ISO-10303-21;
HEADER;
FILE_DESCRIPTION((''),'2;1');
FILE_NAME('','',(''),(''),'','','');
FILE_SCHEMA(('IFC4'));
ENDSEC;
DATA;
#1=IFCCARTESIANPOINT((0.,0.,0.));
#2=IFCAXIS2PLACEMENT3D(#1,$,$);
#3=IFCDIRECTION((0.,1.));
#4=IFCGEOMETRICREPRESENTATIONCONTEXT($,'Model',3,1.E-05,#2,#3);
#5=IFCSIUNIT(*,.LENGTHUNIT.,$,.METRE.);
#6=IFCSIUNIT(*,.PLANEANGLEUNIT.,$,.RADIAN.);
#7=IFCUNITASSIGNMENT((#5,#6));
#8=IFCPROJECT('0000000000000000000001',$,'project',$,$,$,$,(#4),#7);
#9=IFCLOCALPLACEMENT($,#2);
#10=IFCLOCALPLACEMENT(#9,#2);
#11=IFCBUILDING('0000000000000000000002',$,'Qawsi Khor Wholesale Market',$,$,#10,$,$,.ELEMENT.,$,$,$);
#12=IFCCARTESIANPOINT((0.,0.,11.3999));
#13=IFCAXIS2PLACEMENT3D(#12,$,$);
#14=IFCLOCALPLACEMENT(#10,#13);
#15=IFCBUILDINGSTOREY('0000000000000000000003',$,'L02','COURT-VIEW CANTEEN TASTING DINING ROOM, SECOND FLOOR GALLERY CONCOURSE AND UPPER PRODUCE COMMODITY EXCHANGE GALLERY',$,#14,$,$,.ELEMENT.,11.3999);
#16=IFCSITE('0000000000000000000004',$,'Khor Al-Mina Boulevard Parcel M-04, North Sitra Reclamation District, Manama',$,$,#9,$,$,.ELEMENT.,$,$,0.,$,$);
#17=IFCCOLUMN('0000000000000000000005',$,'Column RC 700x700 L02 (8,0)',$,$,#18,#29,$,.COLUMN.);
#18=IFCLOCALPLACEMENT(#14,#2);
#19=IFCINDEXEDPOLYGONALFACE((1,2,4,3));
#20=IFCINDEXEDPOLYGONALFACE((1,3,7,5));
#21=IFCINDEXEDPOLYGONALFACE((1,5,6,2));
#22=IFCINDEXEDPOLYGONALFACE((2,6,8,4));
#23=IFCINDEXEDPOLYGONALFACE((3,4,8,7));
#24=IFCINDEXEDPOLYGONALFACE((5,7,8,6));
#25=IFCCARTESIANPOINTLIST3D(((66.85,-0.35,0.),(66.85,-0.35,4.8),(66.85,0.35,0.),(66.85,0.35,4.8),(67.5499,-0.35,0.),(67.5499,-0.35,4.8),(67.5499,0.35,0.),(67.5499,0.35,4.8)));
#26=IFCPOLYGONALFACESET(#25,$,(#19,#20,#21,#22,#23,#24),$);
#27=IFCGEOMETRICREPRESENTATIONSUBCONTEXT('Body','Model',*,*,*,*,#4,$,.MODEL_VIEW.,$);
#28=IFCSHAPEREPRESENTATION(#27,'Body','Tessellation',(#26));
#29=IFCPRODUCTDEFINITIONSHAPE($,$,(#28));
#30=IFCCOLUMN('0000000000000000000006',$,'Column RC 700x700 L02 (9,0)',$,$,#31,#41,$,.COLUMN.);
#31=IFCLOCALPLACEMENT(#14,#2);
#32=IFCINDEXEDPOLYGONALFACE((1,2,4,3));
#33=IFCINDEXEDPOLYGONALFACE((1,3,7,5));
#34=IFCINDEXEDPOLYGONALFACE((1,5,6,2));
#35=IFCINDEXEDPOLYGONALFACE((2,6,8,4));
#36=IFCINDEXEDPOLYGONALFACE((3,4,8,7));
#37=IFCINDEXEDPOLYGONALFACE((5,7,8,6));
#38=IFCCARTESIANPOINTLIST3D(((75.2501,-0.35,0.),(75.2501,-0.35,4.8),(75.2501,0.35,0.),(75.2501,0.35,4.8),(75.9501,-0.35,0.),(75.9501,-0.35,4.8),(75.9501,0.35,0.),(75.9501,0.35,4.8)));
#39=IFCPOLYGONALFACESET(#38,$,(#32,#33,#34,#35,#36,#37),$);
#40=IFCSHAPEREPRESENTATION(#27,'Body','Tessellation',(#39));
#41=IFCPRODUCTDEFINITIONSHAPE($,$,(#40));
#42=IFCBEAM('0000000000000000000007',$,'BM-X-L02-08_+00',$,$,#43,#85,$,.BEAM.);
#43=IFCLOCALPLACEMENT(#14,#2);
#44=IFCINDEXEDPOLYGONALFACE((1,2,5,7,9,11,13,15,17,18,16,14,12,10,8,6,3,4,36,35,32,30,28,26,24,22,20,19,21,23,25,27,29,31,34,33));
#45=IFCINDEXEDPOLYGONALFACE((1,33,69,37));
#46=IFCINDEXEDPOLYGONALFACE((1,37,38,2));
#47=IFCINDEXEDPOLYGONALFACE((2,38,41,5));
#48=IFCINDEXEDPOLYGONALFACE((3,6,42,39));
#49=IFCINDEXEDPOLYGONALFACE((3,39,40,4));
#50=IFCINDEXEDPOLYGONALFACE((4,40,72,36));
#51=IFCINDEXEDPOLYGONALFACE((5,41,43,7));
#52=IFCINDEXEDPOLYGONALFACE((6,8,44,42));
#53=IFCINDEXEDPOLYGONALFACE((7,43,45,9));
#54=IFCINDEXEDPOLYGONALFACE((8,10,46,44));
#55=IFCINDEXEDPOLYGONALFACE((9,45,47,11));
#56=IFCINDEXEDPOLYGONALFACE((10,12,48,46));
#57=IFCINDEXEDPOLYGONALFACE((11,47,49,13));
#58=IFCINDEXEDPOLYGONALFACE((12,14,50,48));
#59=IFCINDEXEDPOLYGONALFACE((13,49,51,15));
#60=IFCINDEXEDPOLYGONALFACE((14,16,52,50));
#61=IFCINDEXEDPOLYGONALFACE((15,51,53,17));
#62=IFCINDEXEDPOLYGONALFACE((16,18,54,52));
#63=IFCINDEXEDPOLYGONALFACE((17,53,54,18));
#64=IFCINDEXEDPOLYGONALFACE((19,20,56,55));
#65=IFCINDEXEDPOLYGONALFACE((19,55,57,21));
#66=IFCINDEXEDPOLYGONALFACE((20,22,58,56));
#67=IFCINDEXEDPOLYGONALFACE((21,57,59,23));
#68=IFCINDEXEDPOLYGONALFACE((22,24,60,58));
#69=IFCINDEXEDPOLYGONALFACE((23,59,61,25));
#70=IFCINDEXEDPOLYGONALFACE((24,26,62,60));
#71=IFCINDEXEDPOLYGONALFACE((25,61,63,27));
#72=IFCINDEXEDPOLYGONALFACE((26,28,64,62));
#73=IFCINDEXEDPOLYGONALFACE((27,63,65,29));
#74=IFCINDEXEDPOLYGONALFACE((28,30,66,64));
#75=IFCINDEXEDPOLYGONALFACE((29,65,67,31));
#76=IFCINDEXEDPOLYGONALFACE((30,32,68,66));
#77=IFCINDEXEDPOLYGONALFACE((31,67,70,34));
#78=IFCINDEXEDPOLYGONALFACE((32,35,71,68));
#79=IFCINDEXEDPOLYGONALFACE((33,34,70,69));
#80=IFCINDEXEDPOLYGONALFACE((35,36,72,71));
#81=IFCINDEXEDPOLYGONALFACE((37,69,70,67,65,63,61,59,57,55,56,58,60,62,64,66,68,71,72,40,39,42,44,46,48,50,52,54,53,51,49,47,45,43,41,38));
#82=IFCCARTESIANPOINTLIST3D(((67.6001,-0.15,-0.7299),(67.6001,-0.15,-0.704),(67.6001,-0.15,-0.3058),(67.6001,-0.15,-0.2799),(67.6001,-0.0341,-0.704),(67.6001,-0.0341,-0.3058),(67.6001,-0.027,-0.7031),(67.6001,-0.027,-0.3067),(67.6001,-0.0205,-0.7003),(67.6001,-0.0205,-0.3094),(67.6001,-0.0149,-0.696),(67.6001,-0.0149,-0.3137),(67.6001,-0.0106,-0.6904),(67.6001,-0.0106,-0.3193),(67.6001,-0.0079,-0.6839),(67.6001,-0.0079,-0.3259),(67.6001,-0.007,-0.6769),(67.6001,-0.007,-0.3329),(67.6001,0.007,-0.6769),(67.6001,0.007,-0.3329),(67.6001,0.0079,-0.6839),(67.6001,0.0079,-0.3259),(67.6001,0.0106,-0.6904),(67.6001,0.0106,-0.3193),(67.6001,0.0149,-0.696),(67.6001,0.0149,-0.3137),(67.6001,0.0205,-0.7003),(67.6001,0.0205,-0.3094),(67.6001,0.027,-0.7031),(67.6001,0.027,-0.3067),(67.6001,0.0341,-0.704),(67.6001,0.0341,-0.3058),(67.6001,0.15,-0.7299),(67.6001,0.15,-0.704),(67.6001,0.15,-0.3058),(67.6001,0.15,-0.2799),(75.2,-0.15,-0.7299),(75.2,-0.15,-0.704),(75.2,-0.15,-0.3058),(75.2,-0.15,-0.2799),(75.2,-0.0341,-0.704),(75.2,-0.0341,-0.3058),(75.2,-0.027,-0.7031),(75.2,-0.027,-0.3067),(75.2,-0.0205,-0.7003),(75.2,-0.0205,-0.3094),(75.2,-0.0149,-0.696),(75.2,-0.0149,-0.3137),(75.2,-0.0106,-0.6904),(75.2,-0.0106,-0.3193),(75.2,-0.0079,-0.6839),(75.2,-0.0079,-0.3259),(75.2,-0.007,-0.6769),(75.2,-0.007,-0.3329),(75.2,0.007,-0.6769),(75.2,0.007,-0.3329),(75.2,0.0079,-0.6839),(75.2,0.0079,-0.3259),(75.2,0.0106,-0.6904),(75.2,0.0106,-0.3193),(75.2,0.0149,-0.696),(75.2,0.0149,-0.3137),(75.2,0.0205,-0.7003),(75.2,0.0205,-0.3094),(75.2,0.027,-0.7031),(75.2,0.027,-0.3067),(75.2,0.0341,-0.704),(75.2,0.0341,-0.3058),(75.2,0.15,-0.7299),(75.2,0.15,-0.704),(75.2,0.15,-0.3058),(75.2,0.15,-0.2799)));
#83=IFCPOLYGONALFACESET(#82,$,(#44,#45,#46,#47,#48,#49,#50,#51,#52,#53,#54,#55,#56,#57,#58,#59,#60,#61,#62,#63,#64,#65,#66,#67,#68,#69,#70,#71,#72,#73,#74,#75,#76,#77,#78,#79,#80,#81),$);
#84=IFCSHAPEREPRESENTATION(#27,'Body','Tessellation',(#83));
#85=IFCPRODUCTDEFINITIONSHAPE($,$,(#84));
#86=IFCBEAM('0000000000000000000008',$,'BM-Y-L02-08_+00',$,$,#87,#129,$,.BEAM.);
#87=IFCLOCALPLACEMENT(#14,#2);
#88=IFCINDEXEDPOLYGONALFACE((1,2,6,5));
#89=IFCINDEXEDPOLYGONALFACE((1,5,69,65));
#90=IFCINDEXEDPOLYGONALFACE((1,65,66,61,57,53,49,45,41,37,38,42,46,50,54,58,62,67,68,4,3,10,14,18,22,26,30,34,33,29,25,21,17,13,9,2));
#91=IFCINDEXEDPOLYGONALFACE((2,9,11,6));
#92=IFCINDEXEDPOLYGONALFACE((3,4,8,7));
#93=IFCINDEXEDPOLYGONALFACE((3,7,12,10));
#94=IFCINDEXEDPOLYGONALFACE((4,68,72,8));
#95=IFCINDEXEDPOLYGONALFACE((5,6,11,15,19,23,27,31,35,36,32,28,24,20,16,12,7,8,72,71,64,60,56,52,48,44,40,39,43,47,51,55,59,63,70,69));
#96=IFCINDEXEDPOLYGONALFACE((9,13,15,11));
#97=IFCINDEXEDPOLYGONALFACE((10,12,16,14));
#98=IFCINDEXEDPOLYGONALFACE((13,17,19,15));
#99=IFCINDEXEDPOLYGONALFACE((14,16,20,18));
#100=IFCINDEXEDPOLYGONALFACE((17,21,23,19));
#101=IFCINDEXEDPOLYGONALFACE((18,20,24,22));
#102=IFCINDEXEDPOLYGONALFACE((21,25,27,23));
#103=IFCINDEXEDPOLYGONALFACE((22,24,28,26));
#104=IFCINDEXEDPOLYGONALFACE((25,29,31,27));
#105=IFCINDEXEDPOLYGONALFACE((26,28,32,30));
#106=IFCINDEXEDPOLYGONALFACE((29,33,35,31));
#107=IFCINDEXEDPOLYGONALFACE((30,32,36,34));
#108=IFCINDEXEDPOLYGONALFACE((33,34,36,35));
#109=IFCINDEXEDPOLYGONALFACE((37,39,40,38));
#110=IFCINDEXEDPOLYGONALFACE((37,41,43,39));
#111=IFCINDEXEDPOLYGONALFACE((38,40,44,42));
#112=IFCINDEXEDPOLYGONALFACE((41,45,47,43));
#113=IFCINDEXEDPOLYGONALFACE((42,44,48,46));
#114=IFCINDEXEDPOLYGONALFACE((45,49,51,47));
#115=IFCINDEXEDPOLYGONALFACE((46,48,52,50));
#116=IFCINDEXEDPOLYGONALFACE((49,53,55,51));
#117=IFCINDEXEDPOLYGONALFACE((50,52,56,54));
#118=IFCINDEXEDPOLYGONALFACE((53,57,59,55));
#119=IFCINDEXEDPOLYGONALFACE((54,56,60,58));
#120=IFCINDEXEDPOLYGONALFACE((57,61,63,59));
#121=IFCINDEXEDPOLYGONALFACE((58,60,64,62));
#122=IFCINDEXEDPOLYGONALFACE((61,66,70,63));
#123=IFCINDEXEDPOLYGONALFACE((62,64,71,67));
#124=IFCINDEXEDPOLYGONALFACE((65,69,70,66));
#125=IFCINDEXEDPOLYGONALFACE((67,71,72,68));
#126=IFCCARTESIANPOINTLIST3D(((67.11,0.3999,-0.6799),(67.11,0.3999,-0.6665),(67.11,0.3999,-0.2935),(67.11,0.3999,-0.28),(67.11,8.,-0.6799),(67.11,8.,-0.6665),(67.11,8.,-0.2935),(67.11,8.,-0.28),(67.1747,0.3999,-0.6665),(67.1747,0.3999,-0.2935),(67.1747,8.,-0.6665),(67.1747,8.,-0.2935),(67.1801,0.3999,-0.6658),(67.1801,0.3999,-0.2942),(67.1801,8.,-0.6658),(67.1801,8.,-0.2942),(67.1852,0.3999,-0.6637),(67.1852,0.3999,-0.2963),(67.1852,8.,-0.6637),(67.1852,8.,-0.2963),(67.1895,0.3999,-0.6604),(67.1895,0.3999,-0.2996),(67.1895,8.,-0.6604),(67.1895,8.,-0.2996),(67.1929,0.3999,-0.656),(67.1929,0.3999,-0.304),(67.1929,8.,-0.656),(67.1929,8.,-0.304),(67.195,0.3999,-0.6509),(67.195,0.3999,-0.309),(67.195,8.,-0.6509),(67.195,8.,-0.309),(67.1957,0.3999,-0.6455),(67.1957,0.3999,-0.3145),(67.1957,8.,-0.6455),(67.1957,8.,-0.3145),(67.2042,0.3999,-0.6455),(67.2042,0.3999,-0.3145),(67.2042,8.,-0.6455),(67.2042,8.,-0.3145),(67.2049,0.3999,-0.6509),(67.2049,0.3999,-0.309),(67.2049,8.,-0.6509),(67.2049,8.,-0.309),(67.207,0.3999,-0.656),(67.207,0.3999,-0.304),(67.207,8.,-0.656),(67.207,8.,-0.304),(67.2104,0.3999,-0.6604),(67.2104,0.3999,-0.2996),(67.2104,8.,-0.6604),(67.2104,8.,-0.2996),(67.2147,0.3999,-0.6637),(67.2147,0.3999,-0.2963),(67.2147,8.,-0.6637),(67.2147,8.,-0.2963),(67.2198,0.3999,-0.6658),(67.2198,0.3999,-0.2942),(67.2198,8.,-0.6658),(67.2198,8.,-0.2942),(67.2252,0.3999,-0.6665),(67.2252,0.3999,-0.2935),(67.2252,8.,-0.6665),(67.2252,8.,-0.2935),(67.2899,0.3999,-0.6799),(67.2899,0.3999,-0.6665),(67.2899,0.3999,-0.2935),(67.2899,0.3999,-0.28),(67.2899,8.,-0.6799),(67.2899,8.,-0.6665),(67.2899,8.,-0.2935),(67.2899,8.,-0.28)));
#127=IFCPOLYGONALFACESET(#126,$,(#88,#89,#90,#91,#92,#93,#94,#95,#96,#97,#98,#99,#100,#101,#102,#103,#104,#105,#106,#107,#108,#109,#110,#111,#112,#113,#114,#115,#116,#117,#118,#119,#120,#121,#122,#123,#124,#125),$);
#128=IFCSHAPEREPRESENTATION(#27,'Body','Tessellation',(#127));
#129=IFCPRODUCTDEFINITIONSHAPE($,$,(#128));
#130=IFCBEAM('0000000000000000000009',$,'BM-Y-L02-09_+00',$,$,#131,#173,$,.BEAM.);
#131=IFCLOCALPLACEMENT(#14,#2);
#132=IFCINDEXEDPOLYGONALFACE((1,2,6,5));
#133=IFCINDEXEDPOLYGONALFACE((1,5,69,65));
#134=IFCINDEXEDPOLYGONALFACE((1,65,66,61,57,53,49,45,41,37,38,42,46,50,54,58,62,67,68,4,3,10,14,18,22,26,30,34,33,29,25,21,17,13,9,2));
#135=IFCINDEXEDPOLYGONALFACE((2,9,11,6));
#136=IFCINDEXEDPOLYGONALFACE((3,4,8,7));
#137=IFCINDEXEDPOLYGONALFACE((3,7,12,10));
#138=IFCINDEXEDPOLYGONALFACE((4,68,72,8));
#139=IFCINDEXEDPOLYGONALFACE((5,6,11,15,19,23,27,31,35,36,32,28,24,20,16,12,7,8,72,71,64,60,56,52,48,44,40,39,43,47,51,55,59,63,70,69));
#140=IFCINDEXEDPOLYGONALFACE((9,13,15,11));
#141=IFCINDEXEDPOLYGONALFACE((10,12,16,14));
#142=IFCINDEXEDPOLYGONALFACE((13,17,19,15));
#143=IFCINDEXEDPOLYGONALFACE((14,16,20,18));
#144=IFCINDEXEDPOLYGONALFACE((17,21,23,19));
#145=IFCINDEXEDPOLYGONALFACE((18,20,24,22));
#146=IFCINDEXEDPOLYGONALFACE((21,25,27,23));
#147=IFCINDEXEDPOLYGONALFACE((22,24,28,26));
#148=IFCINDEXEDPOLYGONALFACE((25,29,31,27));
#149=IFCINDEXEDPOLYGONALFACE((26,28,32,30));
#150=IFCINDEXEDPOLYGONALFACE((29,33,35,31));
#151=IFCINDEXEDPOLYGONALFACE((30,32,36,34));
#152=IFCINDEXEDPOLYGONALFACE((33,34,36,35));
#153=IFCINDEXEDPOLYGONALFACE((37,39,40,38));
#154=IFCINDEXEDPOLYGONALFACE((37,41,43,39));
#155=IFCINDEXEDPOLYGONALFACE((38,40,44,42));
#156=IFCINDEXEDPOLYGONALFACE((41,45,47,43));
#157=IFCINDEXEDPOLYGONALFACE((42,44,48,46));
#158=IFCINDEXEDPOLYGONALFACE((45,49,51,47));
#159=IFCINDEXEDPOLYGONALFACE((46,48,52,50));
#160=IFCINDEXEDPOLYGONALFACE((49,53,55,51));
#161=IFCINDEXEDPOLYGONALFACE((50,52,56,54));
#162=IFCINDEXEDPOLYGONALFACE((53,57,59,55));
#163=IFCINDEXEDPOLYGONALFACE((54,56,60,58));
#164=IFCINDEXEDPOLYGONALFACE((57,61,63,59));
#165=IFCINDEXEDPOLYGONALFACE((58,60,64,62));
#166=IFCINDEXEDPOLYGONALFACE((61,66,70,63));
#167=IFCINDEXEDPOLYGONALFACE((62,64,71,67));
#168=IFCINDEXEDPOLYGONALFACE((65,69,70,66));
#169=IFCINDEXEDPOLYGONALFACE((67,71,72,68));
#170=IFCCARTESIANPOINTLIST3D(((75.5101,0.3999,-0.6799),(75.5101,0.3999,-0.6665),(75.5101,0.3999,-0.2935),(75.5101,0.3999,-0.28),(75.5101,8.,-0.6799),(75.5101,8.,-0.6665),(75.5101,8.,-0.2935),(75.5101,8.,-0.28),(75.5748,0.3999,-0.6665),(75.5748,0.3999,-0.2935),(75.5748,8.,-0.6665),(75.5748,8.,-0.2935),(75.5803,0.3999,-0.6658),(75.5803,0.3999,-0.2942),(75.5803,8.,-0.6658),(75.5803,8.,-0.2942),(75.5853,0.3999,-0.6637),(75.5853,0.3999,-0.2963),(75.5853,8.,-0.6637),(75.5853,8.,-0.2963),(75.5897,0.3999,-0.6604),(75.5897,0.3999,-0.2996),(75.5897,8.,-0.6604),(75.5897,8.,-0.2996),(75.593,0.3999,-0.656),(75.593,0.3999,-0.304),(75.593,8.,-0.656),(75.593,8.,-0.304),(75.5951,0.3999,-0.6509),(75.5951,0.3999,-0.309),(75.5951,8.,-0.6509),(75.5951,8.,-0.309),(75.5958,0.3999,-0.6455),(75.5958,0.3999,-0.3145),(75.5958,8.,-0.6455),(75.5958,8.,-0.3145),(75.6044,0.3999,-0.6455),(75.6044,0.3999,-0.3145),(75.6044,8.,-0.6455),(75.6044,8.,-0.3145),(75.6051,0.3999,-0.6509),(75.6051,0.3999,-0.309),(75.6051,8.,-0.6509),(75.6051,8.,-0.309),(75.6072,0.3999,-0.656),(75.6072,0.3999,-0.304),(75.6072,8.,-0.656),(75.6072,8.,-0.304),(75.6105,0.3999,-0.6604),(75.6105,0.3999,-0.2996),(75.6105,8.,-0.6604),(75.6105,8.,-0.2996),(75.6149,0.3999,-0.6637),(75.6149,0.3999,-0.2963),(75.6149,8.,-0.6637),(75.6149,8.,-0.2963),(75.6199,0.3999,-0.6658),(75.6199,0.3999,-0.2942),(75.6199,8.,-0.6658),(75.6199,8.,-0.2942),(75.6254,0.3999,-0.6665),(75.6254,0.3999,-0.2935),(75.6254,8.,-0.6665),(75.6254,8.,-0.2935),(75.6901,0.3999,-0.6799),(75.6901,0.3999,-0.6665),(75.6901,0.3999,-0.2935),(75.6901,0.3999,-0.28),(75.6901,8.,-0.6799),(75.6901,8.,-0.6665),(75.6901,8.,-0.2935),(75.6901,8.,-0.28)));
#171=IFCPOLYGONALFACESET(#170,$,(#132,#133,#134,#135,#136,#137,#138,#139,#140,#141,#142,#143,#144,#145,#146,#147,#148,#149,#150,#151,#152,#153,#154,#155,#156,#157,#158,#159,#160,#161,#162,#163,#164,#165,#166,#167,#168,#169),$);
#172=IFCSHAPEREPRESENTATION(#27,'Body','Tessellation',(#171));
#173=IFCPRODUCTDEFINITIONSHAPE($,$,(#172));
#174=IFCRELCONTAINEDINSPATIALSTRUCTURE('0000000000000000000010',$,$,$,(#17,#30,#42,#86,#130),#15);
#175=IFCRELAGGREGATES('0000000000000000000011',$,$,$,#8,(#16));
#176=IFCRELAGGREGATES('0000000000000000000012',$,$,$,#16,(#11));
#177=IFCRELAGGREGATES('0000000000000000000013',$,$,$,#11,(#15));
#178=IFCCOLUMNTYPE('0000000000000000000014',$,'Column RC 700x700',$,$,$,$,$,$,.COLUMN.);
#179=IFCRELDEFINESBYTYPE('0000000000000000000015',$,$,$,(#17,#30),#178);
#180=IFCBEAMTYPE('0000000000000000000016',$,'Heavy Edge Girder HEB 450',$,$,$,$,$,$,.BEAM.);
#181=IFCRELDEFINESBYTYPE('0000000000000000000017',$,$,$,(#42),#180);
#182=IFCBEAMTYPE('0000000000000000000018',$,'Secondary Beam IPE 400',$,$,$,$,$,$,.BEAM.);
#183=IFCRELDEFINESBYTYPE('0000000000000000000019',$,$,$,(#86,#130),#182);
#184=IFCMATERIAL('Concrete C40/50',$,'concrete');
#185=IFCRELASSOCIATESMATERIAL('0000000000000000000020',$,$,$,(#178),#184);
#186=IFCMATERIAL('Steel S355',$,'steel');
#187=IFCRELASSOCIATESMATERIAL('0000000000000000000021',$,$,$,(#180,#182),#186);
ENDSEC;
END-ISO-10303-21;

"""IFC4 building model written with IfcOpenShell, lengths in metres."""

from ifc_helpers import new_model, si_unit, direction, frame, origin, origin_2d, place, context, subcontext, project, spatial, rectangle, i_section, extrude, material, material_profile, profile_set, type_object, element, save


model = new_model("IFC4")

# Units and contexts
model_context = context("Model", 3, precision=1e-05, world=origin(), true_north=direction((0.0, 1.0)))
body_context = subcontext(model_context, "Body", "Model", "MODEL_VIEW")
ifc_project = project(units=[si_unit("LENGTHUNIT", "METRE"), si_unit("PLANEANGLEUNIT", "RADIAN")], contexts=[model_context])

# Site, building, storey
site_placement = place(None, origin())
site = spatial("IfcSite", under=ifc_project, at=site_placement, Name="Khor Al-Mina Boulevard Parcel M-04, North Sitra Reclamation District, Manama", CompositionType="ELEMENT", RefElevation=0.0)
building_placement = place(site_placement, origin())
building = spatial("IfcBuilding", under=site, at=building_placement, Name="Qawsi Khor Wholesale Market", CompositionType="ELEMENT")
storey_placement = place(building_placement, frame((0.0, 0.0, 11.3999)))
storey = spatial("IfcBuildingStorey", under=building, at=storey_placement, Name="L02", Description="COURT-VIEW CANTEEN TASTING DINING ROOM, SECOND FLOOR GALLERY CONCOURSE AND UPPER PRODUCE COMMODITY EXCHANGE GALLERY", CompositionType="ELEMENT", Elevation=11.3999)

# Columns
ifc_material_1 = material(Name="Concrete C40/50", Category="concrete")
ifc_material_profile_1 = material_profile(ifc_material_1, rectangle(XDim=0.7, YDim=0.7, at=origin_2d()), Name="RC 700x700")
ifc_profile_set_1 = profile_set([ifc_material_profile_1], Name="Concrete C40/50")
column_type = type_object("IfcColumnType", Name="Column RC 700x700", PredefinedType="COLUMN", material=ifc_profile_set_1)
for number, where, z_axis, x_axis, name in (
    (1, (67.2, 0.0, 0.0), (0.0, 0.0, 1.0), (1.0, 0.0, 0.0), "Column RC 700x700 L02 (8,0)"),
    (2, (75.6001, 0.0, 0.0), (0.0, 0.0, 1.0), (1.0, 0.0, 0.0), "Column RC 700x700 L02 (9,0)"),
):
    element("IfcColumn", number, at=place(storey_placement, frame(where, z_axis=z_axis, x_axis=x_axis)), inside=storey, type_object=column_type, Name=name, PredefinedType="COLUMN", context=body_context, shape_type="SweptSolid", body=[
        extrude(rectangle(XDim=0.7, YDim=0.7, at=origin_2d()), origin(), (0.0, 0.0, 1.0), 4.8),
    ])

# Beams
ifc_material_2 = material(Name="Steel S355", Category="steel")
ifc_material_profile_2 = material_profile(ifc_material_2, i_section(OverallWidth=0.3, OverallDepth=0.45, WebThickness=0.0139, FlangeThickness=0.0259, FilletRadius=0.0271, at=origin_2d()), Name="HEB 450")
ifc_profile_set_2 = profile_set([ifc_material_profile_2], Name="Steel S355")
beam_type_1 = type_object("IfcBeamType", Name="Heavy Edge Girder HEB 450", PredefinedType="BEAM", material=ifc_profile_set_2)
beam_placement = place(storey_placement, frame((67.6001, 0.0, -0.5049), z_axis=(1.0, 0.0, 0.0), x_axis=(0.0, 1.0, 0.0)))
element("IfcBeam", 3, at=beam_placement, inside=storey, type_object=beam_type_1, Name="BM-X-L02-08_+00", PredefinedType="BEAM", context=body_context, shape_type="SweptSolid", body=[
    extrude(i_section(OverallWidth=0.3, OverallDepth=0.45, WebThickness=0.0139, FlangeThickness=0.0259, FilletRadius=0.0271, at=origin_2d()), origin(), (0.0, 0.0, 1.0), 7.5999),
])
ifc_material_profile_3 = material_profile(ifc_material_2, i_section(OverallWidth=0.1799, OverallDepth=0.3999, WebThickness=0.0085, FlangeThickness=0.0134, FilletRadius=0.021, at=origin_2d()), Name="IPE 400")
ifc_profile_set_3 = profile_set([ifc_material_profile_3], Name="Steel S355")
beam_type_2 = type_object("IfcBeamType", Name="Secondary Beam IPE 400", PredefinedType="BEAM", material=ifc_profile_set_3)
for number, where, z_axis, x_axis, name in (
    (4, (67.2, 0.3999, -0.48), (0.0, 1.0, 0.0), (-1.0, 0.0, 0.0), "BM-Y-L02-08_+00"),
    (5, (75.6001, 0.3999, -0.48), (0.0, 1.0, 0.0), (-1.0, 0.0, 0.0), "BM-Y-L02-09_+00"),
):
    element("IfcBeam", number, at=place(storey_placement, frame(where, z_axis=z_axis, x_axis=x_axis)), inside=storey, type_object=beam_type_2, Name=name, PredefinedType="BEAM", context=body_context, shape_type="SweptSolid", body=[
        extrude(i_section(OverallWidth=0.1799, OverallDepth=0.3999, WebThickness=0.0085, FlangeThickness=0.0134, FilletRadius=0.021, at=origin_2d()), origin(), (0.0, 0.0, 1.0), 7.6001),
    ])

save(model, "model.ifc")
